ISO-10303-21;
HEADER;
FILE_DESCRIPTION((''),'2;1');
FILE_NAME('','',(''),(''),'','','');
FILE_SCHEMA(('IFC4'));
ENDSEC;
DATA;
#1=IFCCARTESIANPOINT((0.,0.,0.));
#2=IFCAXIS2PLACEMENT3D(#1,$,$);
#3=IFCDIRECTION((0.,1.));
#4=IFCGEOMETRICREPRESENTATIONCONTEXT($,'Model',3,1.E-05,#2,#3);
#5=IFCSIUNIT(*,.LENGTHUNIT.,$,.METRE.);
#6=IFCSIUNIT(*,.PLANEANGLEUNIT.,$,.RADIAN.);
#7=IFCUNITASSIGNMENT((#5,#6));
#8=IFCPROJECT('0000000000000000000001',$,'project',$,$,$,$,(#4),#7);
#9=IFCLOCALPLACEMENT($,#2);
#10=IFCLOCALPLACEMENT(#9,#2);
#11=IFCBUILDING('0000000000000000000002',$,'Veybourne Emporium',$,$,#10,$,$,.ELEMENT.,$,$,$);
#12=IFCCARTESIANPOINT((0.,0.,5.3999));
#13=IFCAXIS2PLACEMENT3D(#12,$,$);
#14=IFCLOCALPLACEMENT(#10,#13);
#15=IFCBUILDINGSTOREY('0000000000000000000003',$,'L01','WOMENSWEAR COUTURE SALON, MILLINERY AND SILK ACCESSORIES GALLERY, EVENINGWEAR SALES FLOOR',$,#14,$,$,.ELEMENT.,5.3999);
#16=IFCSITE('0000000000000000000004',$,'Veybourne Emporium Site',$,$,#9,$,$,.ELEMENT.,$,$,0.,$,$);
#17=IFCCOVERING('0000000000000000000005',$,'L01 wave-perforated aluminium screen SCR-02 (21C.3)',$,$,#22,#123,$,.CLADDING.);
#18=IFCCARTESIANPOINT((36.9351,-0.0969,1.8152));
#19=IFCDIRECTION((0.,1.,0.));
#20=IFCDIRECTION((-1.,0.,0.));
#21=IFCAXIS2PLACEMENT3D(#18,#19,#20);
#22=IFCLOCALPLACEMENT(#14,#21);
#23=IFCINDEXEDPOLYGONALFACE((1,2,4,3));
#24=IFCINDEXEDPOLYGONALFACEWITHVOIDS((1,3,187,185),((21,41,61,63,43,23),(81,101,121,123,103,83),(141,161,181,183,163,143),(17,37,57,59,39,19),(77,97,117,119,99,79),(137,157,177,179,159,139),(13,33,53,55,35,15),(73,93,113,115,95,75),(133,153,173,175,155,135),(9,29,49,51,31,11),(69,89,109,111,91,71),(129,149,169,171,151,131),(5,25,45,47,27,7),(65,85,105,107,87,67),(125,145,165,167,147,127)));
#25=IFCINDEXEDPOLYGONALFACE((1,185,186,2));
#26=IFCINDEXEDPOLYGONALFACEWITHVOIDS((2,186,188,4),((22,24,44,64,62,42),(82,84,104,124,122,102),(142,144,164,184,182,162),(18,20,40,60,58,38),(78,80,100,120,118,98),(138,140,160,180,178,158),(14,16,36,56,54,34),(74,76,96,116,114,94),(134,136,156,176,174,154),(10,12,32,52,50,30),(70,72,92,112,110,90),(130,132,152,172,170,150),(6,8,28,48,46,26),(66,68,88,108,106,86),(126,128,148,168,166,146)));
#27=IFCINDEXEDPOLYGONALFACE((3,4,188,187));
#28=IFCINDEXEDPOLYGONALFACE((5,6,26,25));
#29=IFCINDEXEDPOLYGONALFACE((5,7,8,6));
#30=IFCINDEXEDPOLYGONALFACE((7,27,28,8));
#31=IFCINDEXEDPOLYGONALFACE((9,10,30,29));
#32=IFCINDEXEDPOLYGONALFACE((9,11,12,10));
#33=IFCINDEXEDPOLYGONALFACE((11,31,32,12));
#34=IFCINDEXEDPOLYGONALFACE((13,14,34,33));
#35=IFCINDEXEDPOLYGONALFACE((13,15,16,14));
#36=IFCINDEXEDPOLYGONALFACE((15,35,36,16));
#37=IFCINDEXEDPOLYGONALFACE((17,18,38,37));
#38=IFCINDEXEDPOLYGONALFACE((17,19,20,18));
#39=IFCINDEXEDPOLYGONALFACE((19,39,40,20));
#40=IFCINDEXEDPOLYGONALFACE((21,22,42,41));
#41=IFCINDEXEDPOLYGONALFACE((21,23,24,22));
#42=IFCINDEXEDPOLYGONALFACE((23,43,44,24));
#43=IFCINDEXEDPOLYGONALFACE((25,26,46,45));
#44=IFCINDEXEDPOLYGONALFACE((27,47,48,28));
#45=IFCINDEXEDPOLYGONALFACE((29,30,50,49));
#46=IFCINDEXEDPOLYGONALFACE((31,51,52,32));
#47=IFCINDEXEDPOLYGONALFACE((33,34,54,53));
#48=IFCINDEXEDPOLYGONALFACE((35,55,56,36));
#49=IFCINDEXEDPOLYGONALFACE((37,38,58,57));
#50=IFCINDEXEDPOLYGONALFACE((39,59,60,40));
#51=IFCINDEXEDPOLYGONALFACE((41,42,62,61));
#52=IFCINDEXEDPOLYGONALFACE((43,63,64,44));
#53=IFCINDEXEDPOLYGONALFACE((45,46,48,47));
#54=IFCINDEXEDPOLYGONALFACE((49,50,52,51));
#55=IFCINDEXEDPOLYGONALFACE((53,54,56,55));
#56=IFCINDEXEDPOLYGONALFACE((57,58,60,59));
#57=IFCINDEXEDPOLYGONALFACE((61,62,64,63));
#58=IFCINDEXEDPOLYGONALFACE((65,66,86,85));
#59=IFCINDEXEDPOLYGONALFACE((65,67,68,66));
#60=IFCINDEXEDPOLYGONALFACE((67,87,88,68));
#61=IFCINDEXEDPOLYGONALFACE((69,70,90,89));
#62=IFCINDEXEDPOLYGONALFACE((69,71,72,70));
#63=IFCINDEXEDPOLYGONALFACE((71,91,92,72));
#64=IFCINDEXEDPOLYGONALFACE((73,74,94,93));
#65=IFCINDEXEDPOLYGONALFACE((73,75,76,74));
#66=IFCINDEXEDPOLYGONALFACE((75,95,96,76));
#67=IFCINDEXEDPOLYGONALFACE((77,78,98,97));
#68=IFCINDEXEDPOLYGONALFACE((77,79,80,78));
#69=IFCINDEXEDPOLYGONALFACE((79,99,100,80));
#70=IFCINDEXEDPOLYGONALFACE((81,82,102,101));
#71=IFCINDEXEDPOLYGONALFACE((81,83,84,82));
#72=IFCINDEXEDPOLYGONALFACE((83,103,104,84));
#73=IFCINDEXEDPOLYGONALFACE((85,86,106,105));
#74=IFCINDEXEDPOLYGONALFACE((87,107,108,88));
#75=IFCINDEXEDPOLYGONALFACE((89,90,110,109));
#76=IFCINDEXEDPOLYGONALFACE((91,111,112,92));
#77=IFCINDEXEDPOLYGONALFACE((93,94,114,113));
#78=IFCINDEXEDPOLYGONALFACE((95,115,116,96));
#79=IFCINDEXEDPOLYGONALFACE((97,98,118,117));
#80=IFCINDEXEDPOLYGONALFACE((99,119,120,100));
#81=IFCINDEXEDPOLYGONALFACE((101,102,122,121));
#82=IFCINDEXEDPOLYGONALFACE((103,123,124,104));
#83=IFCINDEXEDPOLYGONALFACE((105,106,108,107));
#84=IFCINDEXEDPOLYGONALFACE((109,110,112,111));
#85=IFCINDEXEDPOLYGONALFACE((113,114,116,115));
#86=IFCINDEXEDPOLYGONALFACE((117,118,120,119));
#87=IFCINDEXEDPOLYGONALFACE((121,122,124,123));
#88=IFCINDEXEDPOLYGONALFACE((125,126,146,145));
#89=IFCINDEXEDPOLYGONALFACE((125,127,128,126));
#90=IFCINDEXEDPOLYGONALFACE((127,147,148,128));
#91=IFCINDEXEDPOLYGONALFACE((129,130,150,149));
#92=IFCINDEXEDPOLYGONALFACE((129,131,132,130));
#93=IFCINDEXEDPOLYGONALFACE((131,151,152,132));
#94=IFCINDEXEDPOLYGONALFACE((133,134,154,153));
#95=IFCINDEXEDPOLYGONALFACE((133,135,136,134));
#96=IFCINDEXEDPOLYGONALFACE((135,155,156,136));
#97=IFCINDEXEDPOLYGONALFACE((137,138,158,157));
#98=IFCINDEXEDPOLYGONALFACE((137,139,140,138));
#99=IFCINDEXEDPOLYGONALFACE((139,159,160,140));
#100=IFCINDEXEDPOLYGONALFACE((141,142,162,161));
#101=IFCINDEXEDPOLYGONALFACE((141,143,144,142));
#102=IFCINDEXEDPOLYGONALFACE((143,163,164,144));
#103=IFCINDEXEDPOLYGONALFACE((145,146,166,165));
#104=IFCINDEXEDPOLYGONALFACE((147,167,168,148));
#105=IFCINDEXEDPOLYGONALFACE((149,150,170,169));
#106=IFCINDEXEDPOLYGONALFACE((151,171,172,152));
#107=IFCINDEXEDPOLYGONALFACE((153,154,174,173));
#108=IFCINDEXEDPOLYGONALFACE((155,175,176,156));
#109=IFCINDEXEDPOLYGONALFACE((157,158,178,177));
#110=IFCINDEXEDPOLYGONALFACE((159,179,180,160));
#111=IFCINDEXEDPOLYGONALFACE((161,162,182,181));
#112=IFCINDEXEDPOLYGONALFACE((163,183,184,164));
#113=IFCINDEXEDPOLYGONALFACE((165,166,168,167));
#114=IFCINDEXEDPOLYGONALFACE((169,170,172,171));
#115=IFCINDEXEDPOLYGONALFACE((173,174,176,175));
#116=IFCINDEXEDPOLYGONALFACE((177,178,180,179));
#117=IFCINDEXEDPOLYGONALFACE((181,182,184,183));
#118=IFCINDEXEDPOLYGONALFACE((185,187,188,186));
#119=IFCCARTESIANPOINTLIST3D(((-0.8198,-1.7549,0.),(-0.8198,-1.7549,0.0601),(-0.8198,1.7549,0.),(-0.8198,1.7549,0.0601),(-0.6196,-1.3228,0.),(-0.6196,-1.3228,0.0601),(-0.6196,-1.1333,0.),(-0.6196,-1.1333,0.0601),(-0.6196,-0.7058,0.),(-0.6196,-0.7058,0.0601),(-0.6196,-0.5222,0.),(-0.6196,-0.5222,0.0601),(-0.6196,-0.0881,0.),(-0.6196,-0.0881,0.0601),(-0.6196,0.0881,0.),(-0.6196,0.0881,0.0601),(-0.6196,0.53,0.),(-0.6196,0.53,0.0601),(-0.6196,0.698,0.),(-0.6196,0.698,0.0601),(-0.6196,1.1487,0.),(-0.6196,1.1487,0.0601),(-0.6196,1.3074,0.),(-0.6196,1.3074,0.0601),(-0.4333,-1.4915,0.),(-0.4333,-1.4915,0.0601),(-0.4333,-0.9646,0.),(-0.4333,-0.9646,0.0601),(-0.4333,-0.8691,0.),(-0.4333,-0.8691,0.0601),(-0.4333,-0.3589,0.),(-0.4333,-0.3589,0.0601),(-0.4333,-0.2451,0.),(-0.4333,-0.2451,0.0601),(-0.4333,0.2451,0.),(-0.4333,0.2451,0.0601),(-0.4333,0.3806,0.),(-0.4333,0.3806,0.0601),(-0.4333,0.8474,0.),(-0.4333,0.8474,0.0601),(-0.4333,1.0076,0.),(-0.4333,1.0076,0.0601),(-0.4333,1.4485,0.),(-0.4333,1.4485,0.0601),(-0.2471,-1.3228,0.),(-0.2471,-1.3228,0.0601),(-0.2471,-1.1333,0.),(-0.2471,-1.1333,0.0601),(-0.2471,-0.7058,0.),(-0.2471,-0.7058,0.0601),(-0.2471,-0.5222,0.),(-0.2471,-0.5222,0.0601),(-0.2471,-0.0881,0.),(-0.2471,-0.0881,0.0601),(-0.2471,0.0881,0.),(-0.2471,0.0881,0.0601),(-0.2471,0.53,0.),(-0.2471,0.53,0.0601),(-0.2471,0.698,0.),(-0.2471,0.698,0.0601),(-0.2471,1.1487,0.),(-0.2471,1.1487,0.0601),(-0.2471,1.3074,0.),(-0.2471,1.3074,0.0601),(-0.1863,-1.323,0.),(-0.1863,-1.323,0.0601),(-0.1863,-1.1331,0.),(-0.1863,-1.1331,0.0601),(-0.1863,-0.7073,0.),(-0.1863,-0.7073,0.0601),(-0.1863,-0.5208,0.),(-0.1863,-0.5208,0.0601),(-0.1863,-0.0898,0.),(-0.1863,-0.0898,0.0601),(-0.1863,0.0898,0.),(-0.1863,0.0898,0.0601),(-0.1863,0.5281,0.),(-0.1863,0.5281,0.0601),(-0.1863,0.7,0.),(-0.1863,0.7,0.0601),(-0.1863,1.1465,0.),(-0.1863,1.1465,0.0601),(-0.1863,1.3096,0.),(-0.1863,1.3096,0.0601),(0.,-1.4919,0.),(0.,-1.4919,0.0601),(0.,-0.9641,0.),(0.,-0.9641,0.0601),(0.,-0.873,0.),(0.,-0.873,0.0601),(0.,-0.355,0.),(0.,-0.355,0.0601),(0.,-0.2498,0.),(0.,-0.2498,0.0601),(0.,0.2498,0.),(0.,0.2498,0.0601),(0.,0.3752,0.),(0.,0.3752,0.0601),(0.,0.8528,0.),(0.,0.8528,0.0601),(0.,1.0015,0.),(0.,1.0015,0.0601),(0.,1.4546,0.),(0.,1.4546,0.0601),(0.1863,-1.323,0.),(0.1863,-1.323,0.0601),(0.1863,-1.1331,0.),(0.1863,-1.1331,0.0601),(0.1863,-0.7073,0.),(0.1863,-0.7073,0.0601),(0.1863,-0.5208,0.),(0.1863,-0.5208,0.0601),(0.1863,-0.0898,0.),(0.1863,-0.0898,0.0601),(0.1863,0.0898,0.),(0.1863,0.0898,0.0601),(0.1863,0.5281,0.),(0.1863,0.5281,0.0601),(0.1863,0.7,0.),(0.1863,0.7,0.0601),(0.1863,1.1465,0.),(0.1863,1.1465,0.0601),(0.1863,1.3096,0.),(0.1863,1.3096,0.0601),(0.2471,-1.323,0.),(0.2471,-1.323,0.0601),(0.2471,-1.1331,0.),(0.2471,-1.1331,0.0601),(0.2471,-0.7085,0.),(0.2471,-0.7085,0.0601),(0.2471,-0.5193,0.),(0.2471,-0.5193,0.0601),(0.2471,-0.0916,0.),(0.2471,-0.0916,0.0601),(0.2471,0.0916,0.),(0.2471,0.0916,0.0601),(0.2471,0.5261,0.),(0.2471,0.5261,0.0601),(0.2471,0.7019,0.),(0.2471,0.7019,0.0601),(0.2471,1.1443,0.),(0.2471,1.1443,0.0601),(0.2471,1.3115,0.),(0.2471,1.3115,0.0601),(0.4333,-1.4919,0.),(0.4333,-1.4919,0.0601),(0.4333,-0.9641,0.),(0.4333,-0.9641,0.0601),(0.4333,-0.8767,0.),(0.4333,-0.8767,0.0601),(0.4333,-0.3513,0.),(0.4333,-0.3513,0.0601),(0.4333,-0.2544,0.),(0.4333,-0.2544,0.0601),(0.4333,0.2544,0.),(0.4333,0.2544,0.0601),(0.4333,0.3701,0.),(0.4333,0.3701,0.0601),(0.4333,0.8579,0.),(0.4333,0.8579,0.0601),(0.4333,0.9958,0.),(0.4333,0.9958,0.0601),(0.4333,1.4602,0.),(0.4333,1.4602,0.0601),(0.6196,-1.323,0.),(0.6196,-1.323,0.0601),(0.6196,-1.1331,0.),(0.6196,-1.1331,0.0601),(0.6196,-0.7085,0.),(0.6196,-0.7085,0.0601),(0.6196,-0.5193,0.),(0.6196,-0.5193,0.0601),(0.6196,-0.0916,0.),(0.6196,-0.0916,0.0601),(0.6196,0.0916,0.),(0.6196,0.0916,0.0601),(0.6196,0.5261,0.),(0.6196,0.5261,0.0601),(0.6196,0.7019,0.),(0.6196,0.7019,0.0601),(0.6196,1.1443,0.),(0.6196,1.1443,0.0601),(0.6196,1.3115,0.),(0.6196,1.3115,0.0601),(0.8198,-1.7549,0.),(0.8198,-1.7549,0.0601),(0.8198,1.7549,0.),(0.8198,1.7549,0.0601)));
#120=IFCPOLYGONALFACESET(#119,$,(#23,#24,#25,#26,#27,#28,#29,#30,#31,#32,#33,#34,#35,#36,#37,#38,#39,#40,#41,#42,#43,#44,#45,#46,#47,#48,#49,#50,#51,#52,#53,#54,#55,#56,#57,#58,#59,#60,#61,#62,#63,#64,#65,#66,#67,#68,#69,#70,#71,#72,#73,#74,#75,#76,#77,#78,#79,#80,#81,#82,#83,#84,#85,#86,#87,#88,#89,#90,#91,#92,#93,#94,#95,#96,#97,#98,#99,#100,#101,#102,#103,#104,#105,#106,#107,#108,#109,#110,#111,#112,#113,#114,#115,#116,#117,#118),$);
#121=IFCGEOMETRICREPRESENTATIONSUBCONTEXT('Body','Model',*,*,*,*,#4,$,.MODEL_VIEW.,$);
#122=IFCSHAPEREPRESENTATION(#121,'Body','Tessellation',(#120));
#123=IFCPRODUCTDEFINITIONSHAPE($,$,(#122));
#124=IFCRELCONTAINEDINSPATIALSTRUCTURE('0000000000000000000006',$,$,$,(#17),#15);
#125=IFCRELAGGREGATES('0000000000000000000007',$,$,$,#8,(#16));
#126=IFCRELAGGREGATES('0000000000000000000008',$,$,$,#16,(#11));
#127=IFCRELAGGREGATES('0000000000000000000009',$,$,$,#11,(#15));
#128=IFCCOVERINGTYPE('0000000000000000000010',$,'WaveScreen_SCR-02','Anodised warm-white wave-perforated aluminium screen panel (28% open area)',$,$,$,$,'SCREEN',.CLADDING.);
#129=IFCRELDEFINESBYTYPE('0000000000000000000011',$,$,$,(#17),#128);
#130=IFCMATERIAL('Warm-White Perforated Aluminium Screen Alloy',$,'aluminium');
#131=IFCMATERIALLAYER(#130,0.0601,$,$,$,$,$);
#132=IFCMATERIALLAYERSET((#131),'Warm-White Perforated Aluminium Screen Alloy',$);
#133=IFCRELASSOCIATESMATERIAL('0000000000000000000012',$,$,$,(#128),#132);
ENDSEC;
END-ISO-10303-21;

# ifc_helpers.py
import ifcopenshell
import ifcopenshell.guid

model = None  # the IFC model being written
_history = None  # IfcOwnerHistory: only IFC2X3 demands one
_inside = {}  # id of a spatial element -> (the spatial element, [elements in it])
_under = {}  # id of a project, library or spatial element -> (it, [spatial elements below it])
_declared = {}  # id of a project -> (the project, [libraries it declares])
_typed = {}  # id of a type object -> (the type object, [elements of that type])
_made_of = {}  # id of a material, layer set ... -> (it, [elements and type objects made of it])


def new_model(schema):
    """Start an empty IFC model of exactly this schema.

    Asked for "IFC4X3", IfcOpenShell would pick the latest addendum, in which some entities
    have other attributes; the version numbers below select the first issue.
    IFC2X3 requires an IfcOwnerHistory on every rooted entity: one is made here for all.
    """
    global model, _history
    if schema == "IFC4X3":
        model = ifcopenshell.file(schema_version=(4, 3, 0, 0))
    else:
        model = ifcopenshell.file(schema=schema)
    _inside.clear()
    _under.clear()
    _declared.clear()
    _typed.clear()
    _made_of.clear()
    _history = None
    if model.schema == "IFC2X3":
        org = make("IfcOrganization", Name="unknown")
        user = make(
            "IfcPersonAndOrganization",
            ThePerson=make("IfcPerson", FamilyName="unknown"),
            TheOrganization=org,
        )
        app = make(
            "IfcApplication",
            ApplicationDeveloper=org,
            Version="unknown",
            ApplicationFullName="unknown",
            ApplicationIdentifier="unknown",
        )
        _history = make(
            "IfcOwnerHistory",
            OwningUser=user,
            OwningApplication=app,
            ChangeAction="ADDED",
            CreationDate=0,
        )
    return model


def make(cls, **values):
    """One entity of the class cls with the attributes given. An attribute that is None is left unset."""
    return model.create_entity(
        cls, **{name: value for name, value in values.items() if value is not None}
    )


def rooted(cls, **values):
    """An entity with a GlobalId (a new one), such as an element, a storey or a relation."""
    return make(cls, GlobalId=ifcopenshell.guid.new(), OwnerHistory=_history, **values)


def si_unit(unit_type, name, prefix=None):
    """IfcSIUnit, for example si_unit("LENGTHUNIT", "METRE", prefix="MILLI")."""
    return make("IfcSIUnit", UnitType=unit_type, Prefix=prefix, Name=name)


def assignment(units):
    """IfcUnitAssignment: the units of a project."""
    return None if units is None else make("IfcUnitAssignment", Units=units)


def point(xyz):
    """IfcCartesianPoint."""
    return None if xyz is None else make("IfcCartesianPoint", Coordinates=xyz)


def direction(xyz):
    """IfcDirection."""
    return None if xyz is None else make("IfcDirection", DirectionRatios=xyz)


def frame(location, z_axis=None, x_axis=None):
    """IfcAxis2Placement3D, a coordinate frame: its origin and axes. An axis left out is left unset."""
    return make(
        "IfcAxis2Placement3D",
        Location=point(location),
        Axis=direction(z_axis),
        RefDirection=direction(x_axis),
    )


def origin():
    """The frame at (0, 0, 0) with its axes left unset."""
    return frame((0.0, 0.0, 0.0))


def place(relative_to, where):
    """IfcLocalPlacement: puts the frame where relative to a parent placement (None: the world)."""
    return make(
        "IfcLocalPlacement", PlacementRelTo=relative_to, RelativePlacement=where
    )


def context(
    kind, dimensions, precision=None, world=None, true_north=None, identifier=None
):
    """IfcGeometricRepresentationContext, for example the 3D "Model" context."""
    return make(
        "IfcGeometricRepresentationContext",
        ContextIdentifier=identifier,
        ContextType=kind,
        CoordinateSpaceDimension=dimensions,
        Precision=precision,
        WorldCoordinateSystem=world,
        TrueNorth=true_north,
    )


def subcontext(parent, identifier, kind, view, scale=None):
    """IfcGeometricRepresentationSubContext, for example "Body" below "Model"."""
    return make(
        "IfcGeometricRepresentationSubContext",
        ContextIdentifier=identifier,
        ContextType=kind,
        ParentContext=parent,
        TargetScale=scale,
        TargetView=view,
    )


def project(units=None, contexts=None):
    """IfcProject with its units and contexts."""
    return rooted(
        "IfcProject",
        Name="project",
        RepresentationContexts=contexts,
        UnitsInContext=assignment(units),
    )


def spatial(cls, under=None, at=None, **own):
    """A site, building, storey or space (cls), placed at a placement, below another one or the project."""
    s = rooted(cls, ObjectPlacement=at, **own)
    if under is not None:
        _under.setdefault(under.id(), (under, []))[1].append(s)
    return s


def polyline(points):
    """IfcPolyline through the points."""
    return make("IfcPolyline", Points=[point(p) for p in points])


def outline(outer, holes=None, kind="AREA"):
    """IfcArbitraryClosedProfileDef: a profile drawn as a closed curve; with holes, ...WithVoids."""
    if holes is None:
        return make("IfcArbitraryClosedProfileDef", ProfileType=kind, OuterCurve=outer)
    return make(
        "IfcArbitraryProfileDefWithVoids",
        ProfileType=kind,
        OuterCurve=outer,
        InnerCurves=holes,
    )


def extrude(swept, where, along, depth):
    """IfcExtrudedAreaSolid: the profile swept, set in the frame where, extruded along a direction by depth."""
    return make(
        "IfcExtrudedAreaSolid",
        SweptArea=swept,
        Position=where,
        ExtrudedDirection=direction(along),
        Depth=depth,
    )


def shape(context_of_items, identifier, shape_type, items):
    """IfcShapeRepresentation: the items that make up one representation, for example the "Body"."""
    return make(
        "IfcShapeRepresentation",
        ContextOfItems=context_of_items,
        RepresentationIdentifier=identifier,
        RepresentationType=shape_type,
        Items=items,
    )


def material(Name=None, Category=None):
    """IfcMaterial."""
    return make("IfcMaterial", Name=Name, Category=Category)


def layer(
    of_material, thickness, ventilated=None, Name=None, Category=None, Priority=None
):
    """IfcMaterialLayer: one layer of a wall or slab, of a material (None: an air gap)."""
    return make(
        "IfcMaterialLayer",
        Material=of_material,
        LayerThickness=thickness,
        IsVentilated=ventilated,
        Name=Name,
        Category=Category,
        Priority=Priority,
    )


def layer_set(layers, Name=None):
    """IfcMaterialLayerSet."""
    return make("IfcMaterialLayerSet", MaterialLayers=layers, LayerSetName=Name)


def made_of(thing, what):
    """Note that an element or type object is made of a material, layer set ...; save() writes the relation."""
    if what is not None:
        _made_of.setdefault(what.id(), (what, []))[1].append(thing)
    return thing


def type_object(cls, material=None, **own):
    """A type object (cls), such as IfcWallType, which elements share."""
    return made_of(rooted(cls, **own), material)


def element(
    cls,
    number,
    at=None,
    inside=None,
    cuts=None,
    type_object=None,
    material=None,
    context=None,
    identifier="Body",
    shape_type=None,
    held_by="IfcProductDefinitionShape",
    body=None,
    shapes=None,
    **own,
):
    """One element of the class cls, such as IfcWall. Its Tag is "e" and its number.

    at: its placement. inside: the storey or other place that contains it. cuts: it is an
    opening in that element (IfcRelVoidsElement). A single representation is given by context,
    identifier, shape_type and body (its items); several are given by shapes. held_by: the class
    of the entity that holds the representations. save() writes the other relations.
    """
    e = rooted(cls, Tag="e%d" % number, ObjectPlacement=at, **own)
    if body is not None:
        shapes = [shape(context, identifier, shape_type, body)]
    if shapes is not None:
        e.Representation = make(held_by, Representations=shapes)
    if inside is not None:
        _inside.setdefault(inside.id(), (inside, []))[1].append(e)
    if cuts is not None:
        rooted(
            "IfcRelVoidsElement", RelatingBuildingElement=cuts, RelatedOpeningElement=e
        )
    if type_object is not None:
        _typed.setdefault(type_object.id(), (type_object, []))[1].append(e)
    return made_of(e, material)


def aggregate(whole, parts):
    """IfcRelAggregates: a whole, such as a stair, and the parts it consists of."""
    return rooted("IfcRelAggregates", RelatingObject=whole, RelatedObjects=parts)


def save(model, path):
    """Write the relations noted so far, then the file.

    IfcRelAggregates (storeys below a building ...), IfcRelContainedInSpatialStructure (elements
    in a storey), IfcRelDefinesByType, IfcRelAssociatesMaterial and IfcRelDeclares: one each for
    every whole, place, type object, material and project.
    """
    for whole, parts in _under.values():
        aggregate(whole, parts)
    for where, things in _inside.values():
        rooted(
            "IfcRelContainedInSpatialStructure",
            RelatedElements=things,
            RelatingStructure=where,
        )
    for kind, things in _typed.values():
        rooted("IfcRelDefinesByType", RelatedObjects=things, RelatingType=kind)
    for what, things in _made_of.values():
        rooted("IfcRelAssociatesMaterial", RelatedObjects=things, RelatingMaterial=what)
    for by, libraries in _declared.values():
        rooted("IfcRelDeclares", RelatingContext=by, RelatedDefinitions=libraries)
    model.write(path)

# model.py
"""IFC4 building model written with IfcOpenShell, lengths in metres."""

from ifc_helpers import new_model, si_unit, direction, frame, origin, place, context, subcontext, project, spatial, polyline, outline, extrude, material, layer, layer_set, type_object, element, save


model = new_model("IFC4")

# Units and contexts
model_context = context("Model", 3, precision=1e-05, world=origin(), true_north=direction((0.0, 1.0)))
body_context = subcontext(model_context, "Body", "Model", "MODEL_VIEW")
ifc_project = project(units=[si_unit("LENGTHUNIT", "METRE"), si_unit("PLANEANGLEUNIT", "RADIAN")], contexts=[model_context])

# Site, building, storey
site_placement = place(None, origin())
site = spatial("IfcSite", under=ifc_project, at=site_placement, Name="Veybourne Emporium Site", CompositionType="ELEMENT", RefElevation=0.0)
building_placement = place(site_placement, origin())
building = spatial("IfcBuilding", under=site, at=building_placement, Name="Veybourne Emporium", CompositionType="ELEMENT")
storey_placement = place(building_placement, frame((0.0, 0.0, 5.3999)))
storey = spatial("IfcBuildingStorey", under=building, at=storey_placement, Name="L01", Description="WOMENSWEAR COUTURE SALON, MILLINERY AND SILK ACCESSORIES GALLERY, EVENINGWEAR SALES FLOOR", CompositionType="ELEMENT", Elevation=5.3999)

# Covering
ifc_material_1 = material(Name="Warm-White Perforated Aluminium Screen Alloy", Category="aluminium")
ifc_layer_1 = layer(ifc_material_1, 0.0601)
ifc_layer_set_1 = layer_set([ifc_layer_1], Name="Warm-White Perforated Aluminium Screen Alloy")
covering_type_1 = type_object("IfcCoveringType", Name="WaveScreen_SCR-02", Description="Anodised warm-white wave-perforated aluminium screen panel (28% open area)", ElementType="SCREEN", PredefinedType="CLADDING", material=ifc_layer_set_1)
covering_1_placement = place(storey_placement, frame((36.9351, -0.0969, 1.8152), z_axis=(0.0, 1.0, 0.0), x_axis=(-1.0, 0.0, 0.0)))
element("IfcCovering", 1, at=covering_1_placement, inside=storey, type_object=covering_type_1, Name="L01 wave-perforated aluminium screen SCR-02 (21C.3)", PredefinedType="CLADDING", context=body_context, shape_type="SweptSolid", body=[
    extrude(outline(polyline([(-0.8198, -1.7549), (0.8198, -1.7549), (0.8198, 1.7549), (-0.8198, 1.7549), (-0.8198, -1.7549)]), holes=[polyline([(-0.4333, -0.9646), (-0.2471, -1.1333), (-0.2471, -1.3228), (-0.4333, -1.4915), (-0.6196, -1.3228), (-0.6196, -1.1333), (-0.4333, -0.9646)]), polyline([(-0.4333, -0.3589), (-0.2471, -0.5222), (-0.2471, -0.7058), (-0.4333, -0.8691), (-0.6196, -0.7058), (-0.6196, -0.5222), (-0.4333, -0.3589)]), polyline([(-0.4333, 0.2451), (-0.2471, 0.0881), (-0.2471, -0.0881), (-0.4333, -0.2451), (-0.6196, -0.0881), (-0.6196, 0.0881), (-0.4333, 0.2451)]), polyline([(-0.4333, 0.8474), (-0.2471, 0.698), (-0.2471, 0.53), (-0.4333, 0.3806), (-0.6196, 0.53), (-0.6196, 0.698), (-0.4333, 0.8474)]), polyline([(-0.4333, 1.4485), (-0.2471, 1.3074), (-0.2471, 1.1487), (-0.4333, 1.0076), (-0.6196, 1.1487), (-0.6196, 1.3074), (-0.4333, 1.4485)]), polyline([(0.0, -0.9641), (0.1863, -1.1331), (0.1863, -1.323), (0.0, -1.4919), (-0.1863, -1.323), (-0.1863, -1.1331), (0.0, -0.9641)]), polyline([(0.0, -0.355), (0.1863, -0.5208), (0.1863, -0.7073), (0.0, -0.873), (-0.1863, -0.7073), (-0.1863, -0.5208), (0.0, -0.355)]), polyline([(0.0, 0.2498), (0.1863, 0.0898), (0.1863, -0.0898), (0.0, -0.2498), (-0.1863, -0.0898), (-0.1863, 0.0898), (0.0, 0.2498)]), polyline([(0.0, 0.8528), (0.1863, 0.7), (0.1863, 0.5281), (0.0, 0.3752), (-0.1863, 0.5281), (-0.1863, 0.7), (0.0, 0.8528)]), polyline([(0.0, 1.4546), (0.1863, 1.3096), (0.1863, 1.1465), (0.0, 1.0015), (-0.1863, 1.1465), (-0.1863, 1.3096), (0.0, 1.4546)]), polyline([(0.4333, -0.9641), (0.6196, -1.1331), (0.6196, -1.323), (0.4333, -1.4919), (0.2471, -1.323), (0.2471, -1.1331), (0.4333, -0.9641)]), polyline([(0.4333, -0.3513), (0.6196, -0.5193), (0.6196, -0.7085), (0.4333, -0.8767), (0.2471, -0.7085), (0.2471, -0.5193), (0.4333, -0.3513)]), polyline([(0.4333, 0.2544), (0.6196, 0.0916), (0.6196, -0.0916), (0.4333, -0.2544), (0.2471, -0.0916), (0.2471, 0.0916), (0.4333, 0.2544)]), polyline([(0.4333, 0.8579), (0.6196, 0.7019), (0.6196, 0.5261), (0.4333, 0.3701), (0.2471, 0.5261), (0.2471, 0.7019), (0.4333, 0.8579)]), polyline([(0.4333, 1.4602), (0.6196, 1.3115), (0.6196, 1.1443), (0.4333, 0.9958), (0.2471, 1.1443), (0.2471, 1.3115), (0.4333, 1.4602)])]), origin(), (0.0, 0.0, 1.0), 0.0601),
])

save(model, "model.ifc")
